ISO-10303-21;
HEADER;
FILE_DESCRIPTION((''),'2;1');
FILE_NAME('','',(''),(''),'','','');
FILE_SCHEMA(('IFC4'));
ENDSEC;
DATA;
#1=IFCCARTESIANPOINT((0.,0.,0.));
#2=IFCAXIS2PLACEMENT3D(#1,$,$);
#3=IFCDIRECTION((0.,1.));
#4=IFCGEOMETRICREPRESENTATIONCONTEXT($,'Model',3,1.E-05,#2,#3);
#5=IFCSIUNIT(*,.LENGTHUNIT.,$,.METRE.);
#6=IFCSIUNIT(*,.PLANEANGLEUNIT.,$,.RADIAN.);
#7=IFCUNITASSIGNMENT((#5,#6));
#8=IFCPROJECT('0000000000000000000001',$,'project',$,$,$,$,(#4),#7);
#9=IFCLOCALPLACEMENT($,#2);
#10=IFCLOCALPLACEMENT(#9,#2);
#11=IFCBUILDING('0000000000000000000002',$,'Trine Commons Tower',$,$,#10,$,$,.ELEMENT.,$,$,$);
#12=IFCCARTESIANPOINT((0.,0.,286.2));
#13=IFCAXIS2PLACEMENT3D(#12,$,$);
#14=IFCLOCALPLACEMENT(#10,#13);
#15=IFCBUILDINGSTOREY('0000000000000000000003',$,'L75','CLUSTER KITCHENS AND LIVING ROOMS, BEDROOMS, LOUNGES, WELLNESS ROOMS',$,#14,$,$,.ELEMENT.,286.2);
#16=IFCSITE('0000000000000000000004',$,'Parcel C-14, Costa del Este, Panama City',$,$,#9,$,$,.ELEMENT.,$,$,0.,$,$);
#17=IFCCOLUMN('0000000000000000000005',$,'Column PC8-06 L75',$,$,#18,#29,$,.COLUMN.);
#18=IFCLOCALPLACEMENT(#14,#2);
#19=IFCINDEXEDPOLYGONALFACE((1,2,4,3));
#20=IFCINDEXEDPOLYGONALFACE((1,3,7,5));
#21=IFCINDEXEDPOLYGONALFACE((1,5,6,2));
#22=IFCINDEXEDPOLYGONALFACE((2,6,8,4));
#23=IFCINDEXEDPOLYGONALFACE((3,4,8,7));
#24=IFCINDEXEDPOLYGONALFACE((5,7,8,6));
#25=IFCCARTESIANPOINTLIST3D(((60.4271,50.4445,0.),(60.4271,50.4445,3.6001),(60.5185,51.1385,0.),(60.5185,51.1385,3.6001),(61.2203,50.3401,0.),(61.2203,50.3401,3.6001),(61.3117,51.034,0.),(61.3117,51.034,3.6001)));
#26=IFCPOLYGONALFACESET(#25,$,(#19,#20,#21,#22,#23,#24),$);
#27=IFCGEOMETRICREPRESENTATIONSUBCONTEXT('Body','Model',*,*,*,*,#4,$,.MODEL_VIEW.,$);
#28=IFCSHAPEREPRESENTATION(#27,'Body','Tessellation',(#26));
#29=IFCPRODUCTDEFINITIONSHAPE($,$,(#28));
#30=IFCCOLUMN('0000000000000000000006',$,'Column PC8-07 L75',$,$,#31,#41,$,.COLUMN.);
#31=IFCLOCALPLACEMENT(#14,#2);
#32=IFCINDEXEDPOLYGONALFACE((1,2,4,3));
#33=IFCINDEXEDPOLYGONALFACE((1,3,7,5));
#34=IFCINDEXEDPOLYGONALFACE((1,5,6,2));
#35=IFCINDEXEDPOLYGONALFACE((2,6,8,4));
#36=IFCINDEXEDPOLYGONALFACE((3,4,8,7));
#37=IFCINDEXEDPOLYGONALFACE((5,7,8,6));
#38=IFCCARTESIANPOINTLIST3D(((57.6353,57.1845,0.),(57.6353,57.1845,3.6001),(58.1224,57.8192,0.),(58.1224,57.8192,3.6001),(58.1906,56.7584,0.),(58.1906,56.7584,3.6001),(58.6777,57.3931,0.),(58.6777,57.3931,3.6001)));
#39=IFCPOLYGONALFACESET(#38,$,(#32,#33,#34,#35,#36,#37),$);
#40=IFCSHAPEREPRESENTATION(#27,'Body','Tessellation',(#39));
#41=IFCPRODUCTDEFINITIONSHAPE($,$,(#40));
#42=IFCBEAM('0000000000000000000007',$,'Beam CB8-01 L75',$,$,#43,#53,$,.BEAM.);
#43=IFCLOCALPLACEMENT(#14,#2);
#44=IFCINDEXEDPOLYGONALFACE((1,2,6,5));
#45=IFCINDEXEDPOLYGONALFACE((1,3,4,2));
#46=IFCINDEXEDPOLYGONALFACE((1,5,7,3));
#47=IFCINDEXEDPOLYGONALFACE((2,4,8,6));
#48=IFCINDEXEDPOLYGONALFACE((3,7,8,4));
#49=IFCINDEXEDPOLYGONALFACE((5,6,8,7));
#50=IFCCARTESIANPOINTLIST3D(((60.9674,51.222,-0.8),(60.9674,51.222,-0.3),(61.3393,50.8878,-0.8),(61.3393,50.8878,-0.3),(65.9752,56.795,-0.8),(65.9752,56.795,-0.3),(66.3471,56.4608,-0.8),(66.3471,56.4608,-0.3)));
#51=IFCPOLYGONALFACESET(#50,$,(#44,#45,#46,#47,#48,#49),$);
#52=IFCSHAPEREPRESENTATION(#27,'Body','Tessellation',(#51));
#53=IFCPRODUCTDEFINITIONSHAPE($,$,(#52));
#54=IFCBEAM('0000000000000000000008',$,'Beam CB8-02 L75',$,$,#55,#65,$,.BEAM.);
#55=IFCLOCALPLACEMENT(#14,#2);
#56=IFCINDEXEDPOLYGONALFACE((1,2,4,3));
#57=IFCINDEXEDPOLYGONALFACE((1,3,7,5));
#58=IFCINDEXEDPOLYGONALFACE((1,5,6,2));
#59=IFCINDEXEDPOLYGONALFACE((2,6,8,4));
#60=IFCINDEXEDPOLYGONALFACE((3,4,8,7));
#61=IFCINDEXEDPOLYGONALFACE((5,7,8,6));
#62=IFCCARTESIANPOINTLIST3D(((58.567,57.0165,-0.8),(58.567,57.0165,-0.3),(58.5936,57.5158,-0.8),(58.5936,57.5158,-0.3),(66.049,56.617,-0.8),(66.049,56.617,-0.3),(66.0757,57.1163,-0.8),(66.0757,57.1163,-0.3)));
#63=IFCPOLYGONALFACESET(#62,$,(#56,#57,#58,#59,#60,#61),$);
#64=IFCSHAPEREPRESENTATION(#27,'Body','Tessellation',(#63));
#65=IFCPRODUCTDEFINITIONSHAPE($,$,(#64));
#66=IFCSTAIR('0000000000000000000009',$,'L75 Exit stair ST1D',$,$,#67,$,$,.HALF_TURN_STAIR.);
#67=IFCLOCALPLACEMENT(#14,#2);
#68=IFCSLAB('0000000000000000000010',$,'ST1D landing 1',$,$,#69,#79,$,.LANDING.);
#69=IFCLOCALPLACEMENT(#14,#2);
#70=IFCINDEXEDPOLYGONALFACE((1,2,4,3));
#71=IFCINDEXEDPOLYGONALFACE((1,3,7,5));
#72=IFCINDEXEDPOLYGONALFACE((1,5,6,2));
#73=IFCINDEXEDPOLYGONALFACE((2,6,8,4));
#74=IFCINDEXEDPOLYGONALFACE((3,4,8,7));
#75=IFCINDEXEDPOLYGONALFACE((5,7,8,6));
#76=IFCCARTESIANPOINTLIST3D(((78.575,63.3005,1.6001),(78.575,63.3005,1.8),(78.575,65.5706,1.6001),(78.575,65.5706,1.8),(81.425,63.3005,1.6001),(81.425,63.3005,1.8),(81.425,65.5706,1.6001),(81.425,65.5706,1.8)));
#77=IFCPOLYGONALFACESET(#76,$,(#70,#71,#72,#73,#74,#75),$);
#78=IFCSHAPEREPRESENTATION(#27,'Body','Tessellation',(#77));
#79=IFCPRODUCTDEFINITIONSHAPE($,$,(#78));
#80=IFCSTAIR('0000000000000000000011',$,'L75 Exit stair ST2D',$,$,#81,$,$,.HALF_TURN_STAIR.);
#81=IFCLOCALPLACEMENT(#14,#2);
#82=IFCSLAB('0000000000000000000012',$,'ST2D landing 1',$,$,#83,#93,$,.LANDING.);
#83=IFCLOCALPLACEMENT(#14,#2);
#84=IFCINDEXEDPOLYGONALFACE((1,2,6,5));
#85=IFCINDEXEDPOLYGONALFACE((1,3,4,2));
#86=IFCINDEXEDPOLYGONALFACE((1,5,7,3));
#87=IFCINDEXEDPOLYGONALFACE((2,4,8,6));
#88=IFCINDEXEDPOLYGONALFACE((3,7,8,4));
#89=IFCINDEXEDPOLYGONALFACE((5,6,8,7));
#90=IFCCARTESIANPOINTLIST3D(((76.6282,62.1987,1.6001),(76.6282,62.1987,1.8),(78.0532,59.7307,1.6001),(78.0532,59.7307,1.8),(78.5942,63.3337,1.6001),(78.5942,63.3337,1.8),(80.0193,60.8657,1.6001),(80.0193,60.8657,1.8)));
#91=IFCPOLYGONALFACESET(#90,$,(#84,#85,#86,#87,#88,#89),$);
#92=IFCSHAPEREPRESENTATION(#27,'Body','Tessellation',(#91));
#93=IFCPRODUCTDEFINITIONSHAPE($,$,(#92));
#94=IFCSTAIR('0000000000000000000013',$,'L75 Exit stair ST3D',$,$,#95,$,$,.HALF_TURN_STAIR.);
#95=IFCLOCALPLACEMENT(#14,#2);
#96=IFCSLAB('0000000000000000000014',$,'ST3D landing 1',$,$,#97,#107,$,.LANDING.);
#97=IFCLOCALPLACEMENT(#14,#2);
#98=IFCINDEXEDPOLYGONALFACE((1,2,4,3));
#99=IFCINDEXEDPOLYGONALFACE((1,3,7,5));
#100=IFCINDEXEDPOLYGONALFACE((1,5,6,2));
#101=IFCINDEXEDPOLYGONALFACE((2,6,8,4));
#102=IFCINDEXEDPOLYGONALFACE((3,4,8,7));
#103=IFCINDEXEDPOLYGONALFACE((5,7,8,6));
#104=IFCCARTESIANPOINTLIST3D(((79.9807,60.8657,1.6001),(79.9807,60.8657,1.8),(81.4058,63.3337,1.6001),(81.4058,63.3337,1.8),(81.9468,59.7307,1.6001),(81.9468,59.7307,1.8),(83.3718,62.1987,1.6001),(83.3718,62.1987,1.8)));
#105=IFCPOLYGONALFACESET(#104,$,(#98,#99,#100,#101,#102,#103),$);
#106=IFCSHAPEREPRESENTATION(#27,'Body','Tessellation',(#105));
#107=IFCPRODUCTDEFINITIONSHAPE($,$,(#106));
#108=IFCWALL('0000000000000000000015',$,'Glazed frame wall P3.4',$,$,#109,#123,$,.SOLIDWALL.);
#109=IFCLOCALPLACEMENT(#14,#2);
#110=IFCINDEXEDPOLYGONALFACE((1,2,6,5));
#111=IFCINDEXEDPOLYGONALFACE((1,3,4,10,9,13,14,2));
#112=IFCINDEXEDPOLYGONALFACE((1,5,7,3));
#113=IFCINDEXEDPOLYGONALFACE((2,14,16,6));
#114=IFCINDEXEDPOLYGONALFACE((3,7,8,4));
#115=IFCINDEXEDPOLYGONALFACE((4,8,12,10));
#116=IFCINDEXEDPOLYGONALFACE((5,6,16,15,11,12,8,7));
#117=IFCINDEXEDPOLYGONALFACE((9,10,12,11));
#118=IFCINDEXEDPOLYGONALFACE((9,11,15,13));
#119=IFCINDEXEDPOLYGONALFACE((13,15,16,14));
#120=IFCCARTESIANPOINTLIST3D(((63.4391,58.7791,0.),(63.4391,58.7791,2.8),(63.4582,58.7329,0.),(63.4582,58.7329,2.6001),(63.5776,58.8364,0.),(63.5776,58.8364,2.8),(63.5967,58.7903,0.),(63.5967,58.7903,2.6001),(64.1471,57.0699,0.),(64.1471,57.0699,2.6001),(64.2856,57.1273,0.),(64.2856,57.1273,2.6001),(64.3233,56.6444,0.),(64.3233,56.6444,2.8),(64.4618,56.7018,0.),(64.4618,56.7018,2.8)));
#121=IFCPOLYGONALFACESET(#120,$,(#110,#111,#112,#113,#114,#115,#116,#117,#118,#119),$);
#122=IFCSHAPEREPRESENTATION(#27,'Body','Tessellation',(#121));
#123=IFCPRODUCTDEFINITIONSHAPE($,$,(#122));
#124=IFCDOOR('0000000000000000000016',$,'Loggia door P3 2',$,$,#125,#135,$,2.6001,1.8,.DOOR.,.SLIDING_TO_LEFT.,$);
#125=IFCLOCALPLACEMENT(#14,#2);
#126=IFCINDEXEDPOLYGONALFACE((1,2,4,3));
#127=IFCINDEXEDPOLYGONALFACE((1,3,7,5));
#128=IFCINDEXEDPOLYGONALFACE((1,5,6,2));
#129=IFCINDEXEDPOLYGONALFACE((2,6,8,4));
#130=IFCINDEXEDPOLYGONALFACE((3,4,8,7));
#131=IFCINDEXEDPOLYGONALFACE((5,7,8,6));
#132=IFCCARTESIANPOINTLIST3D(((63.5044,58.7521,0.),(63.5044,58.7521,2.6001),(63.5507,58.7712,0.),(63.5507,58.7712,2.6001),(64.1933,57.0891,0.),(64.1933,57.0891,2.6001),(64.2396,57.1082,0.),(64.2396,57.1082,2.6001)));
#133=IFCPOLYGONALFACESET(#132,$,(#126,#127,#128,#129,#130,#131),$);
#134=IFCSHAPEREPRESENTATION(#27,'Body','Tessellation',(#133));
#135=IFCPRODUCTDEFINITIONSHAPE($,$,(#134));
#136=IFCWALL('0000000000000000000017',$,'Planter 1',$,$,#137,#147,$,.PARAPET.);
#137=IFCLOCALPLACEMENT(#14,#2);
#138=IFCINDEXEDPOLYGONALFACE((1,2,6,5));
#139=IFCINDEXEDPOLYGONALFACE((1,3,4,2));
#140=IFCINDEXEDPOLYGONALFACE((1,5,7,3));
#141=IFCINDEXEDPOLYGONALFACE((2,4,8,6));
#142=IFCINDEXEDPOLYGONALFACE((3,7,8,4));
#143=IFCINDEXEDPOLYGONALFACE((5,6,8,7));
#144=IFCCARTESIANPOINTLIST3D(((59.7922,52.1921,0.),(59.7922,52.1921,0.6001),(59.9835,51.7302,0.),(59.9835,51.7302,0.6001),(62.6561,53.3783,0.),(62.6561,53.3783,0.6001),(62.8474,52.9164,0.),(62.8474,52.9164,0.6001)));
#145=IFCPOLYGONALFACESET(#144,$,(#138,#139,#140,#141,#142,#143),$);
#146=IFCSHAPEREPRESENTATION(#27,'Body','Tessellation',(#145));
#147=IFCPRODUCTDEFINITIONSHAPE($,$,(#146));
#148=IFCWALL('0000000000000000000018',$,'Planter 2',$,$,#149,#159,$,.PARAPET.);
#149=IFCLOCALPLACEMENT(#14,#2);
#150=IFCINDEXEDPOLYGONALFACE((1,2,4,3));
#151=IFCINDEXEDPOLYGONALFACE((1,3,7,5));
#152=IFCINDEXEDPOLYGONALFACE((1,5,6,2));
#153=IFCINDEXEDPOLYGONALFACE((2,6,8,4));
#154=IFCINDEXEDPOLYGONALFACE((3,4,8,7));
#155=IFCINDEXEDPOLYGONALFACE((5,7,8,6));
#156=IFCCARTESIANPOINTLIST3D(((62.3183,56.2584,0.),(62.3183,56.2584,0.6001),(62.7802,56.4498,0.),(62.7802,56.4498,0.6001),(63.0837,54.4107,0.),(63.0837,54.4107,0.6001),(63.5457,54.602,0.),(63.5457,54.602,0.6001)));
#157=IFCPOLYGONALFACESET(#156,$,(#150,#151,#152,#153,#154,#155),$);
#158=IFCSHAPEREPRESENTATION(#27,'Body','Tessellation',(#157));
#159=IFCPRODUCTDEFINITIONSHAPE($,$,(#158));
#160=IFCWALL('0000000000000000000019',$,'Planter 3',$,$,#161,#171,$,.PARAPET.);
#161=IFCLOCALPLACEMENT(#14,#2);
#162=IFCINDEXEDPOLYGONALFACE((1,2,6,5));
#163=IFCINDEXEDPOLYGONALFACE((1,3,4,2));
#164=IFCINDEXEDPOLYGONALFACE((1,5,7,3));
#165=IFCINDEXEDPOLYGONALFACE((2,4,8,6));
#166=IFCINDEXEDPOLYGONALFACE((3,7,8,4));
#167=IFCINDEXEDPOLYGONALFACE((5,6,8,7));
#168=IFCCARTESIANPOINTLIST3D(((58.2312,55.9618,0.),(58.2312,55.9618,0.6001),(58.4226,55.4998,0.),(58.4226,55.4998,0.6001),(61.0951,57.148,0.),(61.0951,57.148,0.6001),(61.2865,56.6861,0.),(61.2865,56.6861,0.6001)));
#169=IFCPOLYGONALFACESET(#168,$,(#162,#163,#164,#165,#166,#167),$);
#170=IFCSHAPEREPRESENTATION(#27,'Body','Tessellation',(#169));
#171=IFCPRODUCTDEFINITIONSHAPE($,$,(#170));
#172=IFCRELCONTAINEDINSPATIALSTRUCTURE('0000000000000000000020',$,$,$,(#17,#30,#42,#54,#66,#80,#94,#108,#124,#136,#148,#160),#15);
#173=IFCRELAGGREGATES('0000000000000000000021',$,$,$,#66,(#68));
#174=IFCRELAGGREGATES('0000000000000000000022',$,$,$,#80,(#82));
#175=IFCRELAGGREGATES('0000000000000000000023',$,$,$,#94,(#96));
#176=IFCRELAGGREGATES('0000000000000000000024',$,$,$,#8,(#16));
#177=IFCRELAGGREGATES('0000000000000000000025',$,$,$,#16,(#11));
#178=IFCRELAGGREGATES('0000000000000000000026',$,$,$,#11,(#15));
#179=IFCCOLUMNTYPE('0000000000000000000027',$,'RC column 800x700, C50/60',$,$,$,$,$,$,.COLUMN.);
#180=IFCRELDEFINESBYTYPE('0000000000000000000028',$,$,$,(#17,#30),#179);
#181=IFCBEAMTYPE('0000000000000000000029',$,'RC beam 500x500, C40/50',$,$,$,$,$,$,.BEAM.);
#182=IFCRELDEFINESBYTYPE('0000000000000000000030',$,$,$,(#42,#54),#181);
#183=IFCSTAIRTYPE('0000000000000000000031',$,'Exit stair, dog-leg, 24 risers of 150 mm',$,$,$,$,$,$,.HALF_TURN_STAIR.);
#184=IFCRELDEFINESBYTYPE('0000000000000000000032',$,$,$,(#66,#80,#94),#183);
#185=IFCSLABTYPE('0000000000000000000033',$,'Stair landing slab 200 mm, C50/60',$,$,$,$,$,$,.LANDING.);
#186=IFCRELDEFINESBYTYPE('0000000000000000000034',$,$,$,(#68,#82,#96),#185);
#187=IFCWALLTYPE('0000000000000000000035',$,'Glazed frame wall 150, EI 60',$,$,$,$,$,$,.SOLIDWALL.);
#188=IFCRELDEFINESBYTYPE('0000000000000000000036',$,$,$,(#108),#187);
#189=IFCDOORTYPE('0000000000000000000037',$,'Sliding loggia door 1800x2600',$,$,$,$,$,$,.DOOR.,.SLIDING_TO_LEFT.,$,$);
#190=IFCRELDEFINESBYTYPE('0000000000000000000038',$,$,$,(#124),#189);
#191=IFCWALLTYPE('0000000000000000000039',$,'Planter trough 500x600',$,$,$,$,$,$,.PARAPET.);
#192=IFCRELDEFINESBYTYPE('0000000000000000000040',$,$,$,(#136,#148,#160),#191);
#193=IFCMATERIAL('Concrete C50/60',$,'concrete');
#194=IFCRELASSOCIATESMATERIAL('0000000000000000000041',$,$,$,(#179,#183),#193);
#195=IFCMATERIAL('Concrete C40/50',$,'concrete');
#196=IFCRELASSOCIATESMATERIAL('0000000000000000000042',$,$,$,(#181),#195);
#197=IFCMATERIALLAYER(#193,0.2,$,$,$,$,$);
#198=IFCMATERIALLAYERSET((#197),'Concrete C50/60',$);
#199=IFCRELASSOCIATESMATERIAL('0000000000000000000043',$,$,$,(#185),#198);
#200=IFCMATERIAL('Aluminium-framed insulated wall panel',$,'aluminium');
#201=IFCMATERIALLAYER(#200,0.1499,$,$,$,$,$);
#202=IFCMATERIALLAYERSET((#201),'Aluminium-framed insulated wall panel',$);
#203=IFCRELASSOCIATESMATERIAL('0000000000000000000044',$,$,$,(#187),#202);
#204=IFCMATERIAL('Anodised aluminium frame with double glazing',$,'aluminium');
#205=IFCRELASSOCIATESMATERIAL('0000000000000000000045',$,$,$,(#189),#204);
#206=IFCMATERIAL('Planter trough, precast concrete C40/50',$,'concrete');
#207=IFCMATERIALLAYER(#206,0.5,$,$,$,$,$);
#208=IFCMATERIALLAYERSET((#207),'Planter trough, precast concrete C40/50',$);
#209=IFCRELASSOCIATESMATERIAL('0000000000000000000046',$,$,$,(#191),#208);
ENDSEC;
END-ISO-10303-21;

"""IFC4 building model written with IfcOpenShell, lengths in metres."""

from ifc_helpers import new_model, si_unit, direction, frame, frame_2d, origin, origin_2d, place, context, subcontext, project, spatial, polyline, rectangle, outline, extrude, material, layer, layer_set, material_profile, profile_set, type_object, element, fill, aggregate, save


model = new_model("IFC4")

# Units and contexts
model_context = context("Model", 3, precision=1e-05, world=origin(), true_north=direction((0.0, 1.0)))
body_context = subcontext(model_context, "Body", "Model", "MODEL_VIEW")
ifc_project = project(units=[si_unit("LENGTHUNIT", "METRE"), si_unit("PLANEANGLEUNIT", "RADIAN")], contexts=[model_context])

# Site, building, storey
site_placement = place(None, origin())
site = spatial("IfcSite", under=ifc_project, at=site_placement, Name="Parcel C-14, Costa del Este, Panama City", CompositionType="ELEMENT", RefElevation=0.0)
building_placement = place(site_placement, origin())
building = spatial("IfcBuilding", under=site, at=building_placement, Name="Trine Commons Tower", CompositionType="ELEMENT")
storey_placement = place(building_placement, frame((0.0, 0.0, 286.2)))
storey = spatial("IfcBuildingStorey", under=building, at=storey_placement, Name="L75", Description="CLUSTER KITCHENS AND LIVING ROOMS, BEDROOMS, LOUNGES, WELLNESS ROOMS", CompositionType="ELEMENT", Elevation=286.2)

# Columns
ifc_material_1 = material(Name="Concrete C50/60", Category="concrete")
ifc_material_profile_1 = material_profile(ifc_material_1, rectangle(XDim=0.8, YDim=0.7, at=origin_2d()), Name="RC 800x700")
ifc_profile_set_1 = profile_set([ifc_material_profile_1], Name="Concrete C50/60")
column_type = type_object("IfcColumnType", Name="RC column 800x700, C50/60", PredefinedType="COLUMN", material=ifc_profile_set_1)
for number, where, z_axis, x_axis, name in (
    (1, (60.8694, 50.7393, 0.0), (0.0, 0.0, 1.0), (-0.991445, 0.130526, 0.0), "Column PC8-06 L75"),
    (2, (58.1565, 57.2888, 0.0), (0.0, 0.0, 1.0), (0.608761, 0.793353, 0.0), "Column PC8-07 L75"),
):
    element("IfcColumn", number, at=place(storey_placement, frame(where, z_axis=z_axis, x_axis=x_axis)), inside=storey, type_object=column_type, Name=name, PredefinedType="COLUMN", context=body_context, shape_type="SweptSolid", body=[
        extrude(rectangle(XDim=0.8, YDim=0.7, at=origin_2d()), origin(), (0.0, 0.0, 1.0), 3.6001),
    ])

# Beams
ifc_material_2 = material(Name="Concrete C40/50", Category="concrete")
ifc_material_profile_2 = material_profile(ifc_material_2, rectangle(XDim=0.5, YDim=0.5, at=origin_2d()), Name="RC 500x500")
ifc_profile_set_2 = profile_set([ifc_material_profile_2], Name="Concrete C40/50")
beam_type = type_object("IfcBeamType", Name="RC beam 500x500, C40/50", PredefinedType="BEAM", material=ifc_profile_set_2)
beam_1_placement = place(storey_placement, frame((61.1533, 51.0549, -0.55), z_axis=(0.668383, 0.743817, 0.0), x_axis=(-0.743817, 0.668383, 0.0)))
element("IfcBeam", 3, at=beam_1_placement, inside=storey, type_object=beam_type, Name="Beam CB8-01 L75", PredefinedType="BEAM", context=body_context, shape_type="SweptSolid", body=[
    extrude(rectangle(XDim=0.5, YDim=0.5, at=origin_2d()), origin(), (0.0, 0.0, 1.0), 7.4924),
])
beam_2_placement = place(storey_placement, frame((58.5803, 57.2661, -0.55), z_axis=(0.998578, -0.053308, 0.0), x_axis=(0.053308, 0.998578, 0.0)))
element("IfcBeam", 4, at=beam_2_placement, inside=storey, type_object=beam_type, Name="Beam CB8-02 L75", PredefinedType="BEAM", context=body_context, shape_type="SweptSolid", body=[
    extrude(rectangle(XDim=0.5, YDim=0.5, at=origin_2d()), origin(), (0.0, 0.0, 1.0), 7.4927),
])

# Stairs, slabs
stair_type = type_object("IfcStairType", Name="Exit stair, dog-leg, 24 risers of 150 mm", PredefinedType="HALF_TURN_STAIR", material=ifc_material_1)
stair_1_placement = place(storey_placement, origin())
stair_1 = element("IfcStair", 5, at=stair_1_placement, inside=storey, type_object=stair_type, Name="L75 Exit stair ST1D", PredefinedType="HALF_TURN_STAIR")
ifc_layer_1 = layer(ifc_material_1, 0.2)
ifc_layer_set_1 = layer_set([ifc_layer_1], Name="Concrete C50/60")
slab_type = type_object("IfcSlabType", Name="Stair landing slab 200 mm, C50/60", PredefinedType="LANDING", material=ifc_layer_set_1)
slab_1_placement = place(storey_placement, frame((0.0, 0.0, 1.6001)))
slab_1 = element("IfcSlab", 6, at=slab_1_placement, type_object=slab_type, Name="ST1D landing 1", PredefinedType="LANDING", context=body_context, shape_type="SweptSolid", body=[
    extrude(outline(polyline([(78.575, 65.5706), (78.575, 63.3005), (81.425, 63.3005), (81.425, 65.5706), (78.575, 65.5706)])), origin(), (0.0, 0.0, 1.0), 0.2),
])
aggregate(stair_1, [slab_1])
stair_2_placement = place(storey_placement, origin())
stair_2 = element("IfcStair", 7, at=stair_2_placement, inside=storey, type_object=stair_type, Name="L75 Exit stair ST2D", PredefinedType="HALF_TURN_STAIR")
slab_2_placement = place(storey_placement, frame((0.0, 0.0, 1.6001)))
slab_2 = element("IfcSlab", 8, at=slab_2_placement, type_object=slab_type, Name="ST2D landing 1", PredefinedType="LANDING", context=body_context, shape_type="SweptSolid", body=[
    extrude(outline(polyline([(78.0532, 59.7307), (80.0193, 60.8657), (78.5942, 63.3337), (76.6282, 62.1987), (78.0532, 59.7307)])), origin(), (0.0, 0.0, 1.0), 0.2),
])
aggregate(stair_2, [slab_2])
stair_3_placement = place(storey_placement, origin())
stair_3 = element("IfcStair", 9, at=stair_3_placement, inside=storey, type_object=stair_type, Name="L75 Exit stair ST3D", PredefinedType="HALF_TURN_STAIR")
slab_3_placement = place(storey_placement, frame((0.0, 0.0, 1.6001)))
slab_3 = element("IfcSlab", 10, at=slab_3_placement, type_object=slab_type, Name="ST3D landing 1", PredefinedType="LANDING", context=body_context, shape_type="SweptSolid", body=[
    extrude(outline(polyline([(83.3718, 62.1987), (81.4058, 63.3337), (79.9807, 60.8657), (81.9468, 59.7307), (83.3718, 62.1987)])), origin(), (0.0, 0.0, 1.0), 0.2),
])
aggregate(stair_3, [slab_3])

# Wall, opening, door
ifc_material_3 = material(Name="Aluminium-framed insulated wall panel", Category="aluminium")
ifc_layer_2 = layer(ifc_material_3, 0.1499)
ifc_layer_set_2 = layer_set([ifc_layer_2], Name="Aluminium-framed insulated wall panel")
wall_type_1 = type_object("IfcWallType", Name="Glazed frame wall 150, EI 60", PredefinedType="SOLIDWALL", material=ifc_layer_set_2)
wall_1_placement = place(storey_placement, frame((64.3926, 56.6731, 0.0), z_axis=(0.0, 0.0, 1.0), x_axis=(-0.382694, 0.923875, 0.0)))
wall_1 = element("IfcWall", 11, at=wall_1_placement, inside=storey, type_object=wall_type_1, Name="Glazed frame wall P3.4", PredefinedType="SOLIDWALL", context=body_context, shape_type="SweptSolid", body=[
    extrude(outline(polyline([(0.0, -0.075), (2.3105, -0.075), (2.3105, 0.075), (0.0, 0.075), (0.0, -0.075)])), origin(), (0.0, 0.0, 1.0), 2.8),
])
opening_placement = place(wall_1_placement, frame((0.4607, 0.0, 0.0)))
opening = element("IfcOpeningElement", 12, at=opening_placement, cuts=wall_1, PredefinedType="OPENING", context=body_context, shape_type="SweptSolid", body=[
    extrude(rectangle(XDim=1.8, YDim=2.6001, at=frame_2d((0.8999, 1.3))), frame((0.0, 0.085, 0.0), z_axis=(0.0, -1.0, 0.0), x_axis=(1.0, 0.0, 0.0)), (0.0, 0.0, 1.0), 0.1699),
])
ifc_material_4 = material(Name="Anodised aluminium frame with double glazing", Category="aluminium")
door_type = type_object("IfcDoorType", Name="Sliding loggia door 1800x2600", OperationType="SLIDING_TO_LEFT", PredefinedType="DOOR", material=ifc_material_4)
door_placement = place(opening_placement, origin())
door = element("IfcDoor", 13, at=door_placement, inside=storey, type_object=door_type, Name="Loggia door P3 2", OperationType="SLIDING_TO_LEFT", OverallHeight=2.6001, OverallWidth=1.8, PredefinedType="DOOR", context=body_context, shape_type="SweptSolid", body=[
    extrude(rectangle(XDim=1.8, YDim=2.6001, at=frame_2d((0.8999, 1.3))), frame((0.0, 0.0249, 0.0), z_axis=(0.0, -1.0, 0.0), x_axis=(1.0, 0.0, 0.0)), (0.0, 0.0, 1.0), 0.05),
])
fill(opening, door)

# Walls
ifc_material_5 = material(Name="Planter trough, precast concrete C40/50", Category="concrete")
ifc_layer_3 = layer(ifc_material_5, 0.5)
ifc_layer_set_3 = layer_set([ifc_layer_3], Name="Planter trough, precast concrete C40/50")
wall_type_2 = type_object("IfcWallType", Name="Planter trough 500x600", PredefinedType="PARAPET", material=ifc_layer_set_3)
wall_2_placement = place(storey_placement, frame((59.8879, 51.9612, 0.0), z_axis=(0.0, 0.0, 1.0), x_axis=(0.923883, 0.382674, 0.0)))
element("IfcWall", 14, at=wall_2_placement, inside=storey, type_object=wall_type_2, Name="Planter 1", PredefinedType="PARAPET", context=body_context, shape_type="SweptSolid", body=[
    extrude(rectangle(XDim=3.0999, YDim=0.5, at=frame_2d((1.5498, 0.0))), origin(), (0.0, 0.0, 1.0), 0.6001),
])
wall_3_placement = place(storey_placement, frame((63.3147, 54.5063, 0.0), z_axis=(0.0, 0.0, 1.0), x_axis=(-0.382708, 0.92387, 0.0)))
element("IfcWall", 15, at=wall_3_placement, inside=storey, type_object=wall_type_2, Name="Planter 2", PredefinedType="PARAPET", context=body_context, shape_type="SweptSolid", body=[
    extrude(rectangle(XDim=2.0, YDim=0.5, at=frame_2d((1.0, 0.0))), origin(), (0.0, 0.0, 1.0), 0.6001),
])
wall_4_placement = place(storey_placement, frame((61.1907, 56.917, 0.0), z_axis=(0.0, 0.0, 1.0), x_axis=(-0.923883, -0.382674, 0.0)))
element("IfcWall", 16, at=wall_4_placement, inside=storey, type_object=wall_type_2, Name="Planter 3", PredefinedType="PARAPET", context=body_context, shape_type="SweptSolid", body=[
    extrude(rectangle(XDim=3.0999, YDim=0.5, at=frame_2d((1.5498, 0.0))), origin(), (0.0, 0.0, 1.0), 0.6001),
])

save(model, "model.ifc")
